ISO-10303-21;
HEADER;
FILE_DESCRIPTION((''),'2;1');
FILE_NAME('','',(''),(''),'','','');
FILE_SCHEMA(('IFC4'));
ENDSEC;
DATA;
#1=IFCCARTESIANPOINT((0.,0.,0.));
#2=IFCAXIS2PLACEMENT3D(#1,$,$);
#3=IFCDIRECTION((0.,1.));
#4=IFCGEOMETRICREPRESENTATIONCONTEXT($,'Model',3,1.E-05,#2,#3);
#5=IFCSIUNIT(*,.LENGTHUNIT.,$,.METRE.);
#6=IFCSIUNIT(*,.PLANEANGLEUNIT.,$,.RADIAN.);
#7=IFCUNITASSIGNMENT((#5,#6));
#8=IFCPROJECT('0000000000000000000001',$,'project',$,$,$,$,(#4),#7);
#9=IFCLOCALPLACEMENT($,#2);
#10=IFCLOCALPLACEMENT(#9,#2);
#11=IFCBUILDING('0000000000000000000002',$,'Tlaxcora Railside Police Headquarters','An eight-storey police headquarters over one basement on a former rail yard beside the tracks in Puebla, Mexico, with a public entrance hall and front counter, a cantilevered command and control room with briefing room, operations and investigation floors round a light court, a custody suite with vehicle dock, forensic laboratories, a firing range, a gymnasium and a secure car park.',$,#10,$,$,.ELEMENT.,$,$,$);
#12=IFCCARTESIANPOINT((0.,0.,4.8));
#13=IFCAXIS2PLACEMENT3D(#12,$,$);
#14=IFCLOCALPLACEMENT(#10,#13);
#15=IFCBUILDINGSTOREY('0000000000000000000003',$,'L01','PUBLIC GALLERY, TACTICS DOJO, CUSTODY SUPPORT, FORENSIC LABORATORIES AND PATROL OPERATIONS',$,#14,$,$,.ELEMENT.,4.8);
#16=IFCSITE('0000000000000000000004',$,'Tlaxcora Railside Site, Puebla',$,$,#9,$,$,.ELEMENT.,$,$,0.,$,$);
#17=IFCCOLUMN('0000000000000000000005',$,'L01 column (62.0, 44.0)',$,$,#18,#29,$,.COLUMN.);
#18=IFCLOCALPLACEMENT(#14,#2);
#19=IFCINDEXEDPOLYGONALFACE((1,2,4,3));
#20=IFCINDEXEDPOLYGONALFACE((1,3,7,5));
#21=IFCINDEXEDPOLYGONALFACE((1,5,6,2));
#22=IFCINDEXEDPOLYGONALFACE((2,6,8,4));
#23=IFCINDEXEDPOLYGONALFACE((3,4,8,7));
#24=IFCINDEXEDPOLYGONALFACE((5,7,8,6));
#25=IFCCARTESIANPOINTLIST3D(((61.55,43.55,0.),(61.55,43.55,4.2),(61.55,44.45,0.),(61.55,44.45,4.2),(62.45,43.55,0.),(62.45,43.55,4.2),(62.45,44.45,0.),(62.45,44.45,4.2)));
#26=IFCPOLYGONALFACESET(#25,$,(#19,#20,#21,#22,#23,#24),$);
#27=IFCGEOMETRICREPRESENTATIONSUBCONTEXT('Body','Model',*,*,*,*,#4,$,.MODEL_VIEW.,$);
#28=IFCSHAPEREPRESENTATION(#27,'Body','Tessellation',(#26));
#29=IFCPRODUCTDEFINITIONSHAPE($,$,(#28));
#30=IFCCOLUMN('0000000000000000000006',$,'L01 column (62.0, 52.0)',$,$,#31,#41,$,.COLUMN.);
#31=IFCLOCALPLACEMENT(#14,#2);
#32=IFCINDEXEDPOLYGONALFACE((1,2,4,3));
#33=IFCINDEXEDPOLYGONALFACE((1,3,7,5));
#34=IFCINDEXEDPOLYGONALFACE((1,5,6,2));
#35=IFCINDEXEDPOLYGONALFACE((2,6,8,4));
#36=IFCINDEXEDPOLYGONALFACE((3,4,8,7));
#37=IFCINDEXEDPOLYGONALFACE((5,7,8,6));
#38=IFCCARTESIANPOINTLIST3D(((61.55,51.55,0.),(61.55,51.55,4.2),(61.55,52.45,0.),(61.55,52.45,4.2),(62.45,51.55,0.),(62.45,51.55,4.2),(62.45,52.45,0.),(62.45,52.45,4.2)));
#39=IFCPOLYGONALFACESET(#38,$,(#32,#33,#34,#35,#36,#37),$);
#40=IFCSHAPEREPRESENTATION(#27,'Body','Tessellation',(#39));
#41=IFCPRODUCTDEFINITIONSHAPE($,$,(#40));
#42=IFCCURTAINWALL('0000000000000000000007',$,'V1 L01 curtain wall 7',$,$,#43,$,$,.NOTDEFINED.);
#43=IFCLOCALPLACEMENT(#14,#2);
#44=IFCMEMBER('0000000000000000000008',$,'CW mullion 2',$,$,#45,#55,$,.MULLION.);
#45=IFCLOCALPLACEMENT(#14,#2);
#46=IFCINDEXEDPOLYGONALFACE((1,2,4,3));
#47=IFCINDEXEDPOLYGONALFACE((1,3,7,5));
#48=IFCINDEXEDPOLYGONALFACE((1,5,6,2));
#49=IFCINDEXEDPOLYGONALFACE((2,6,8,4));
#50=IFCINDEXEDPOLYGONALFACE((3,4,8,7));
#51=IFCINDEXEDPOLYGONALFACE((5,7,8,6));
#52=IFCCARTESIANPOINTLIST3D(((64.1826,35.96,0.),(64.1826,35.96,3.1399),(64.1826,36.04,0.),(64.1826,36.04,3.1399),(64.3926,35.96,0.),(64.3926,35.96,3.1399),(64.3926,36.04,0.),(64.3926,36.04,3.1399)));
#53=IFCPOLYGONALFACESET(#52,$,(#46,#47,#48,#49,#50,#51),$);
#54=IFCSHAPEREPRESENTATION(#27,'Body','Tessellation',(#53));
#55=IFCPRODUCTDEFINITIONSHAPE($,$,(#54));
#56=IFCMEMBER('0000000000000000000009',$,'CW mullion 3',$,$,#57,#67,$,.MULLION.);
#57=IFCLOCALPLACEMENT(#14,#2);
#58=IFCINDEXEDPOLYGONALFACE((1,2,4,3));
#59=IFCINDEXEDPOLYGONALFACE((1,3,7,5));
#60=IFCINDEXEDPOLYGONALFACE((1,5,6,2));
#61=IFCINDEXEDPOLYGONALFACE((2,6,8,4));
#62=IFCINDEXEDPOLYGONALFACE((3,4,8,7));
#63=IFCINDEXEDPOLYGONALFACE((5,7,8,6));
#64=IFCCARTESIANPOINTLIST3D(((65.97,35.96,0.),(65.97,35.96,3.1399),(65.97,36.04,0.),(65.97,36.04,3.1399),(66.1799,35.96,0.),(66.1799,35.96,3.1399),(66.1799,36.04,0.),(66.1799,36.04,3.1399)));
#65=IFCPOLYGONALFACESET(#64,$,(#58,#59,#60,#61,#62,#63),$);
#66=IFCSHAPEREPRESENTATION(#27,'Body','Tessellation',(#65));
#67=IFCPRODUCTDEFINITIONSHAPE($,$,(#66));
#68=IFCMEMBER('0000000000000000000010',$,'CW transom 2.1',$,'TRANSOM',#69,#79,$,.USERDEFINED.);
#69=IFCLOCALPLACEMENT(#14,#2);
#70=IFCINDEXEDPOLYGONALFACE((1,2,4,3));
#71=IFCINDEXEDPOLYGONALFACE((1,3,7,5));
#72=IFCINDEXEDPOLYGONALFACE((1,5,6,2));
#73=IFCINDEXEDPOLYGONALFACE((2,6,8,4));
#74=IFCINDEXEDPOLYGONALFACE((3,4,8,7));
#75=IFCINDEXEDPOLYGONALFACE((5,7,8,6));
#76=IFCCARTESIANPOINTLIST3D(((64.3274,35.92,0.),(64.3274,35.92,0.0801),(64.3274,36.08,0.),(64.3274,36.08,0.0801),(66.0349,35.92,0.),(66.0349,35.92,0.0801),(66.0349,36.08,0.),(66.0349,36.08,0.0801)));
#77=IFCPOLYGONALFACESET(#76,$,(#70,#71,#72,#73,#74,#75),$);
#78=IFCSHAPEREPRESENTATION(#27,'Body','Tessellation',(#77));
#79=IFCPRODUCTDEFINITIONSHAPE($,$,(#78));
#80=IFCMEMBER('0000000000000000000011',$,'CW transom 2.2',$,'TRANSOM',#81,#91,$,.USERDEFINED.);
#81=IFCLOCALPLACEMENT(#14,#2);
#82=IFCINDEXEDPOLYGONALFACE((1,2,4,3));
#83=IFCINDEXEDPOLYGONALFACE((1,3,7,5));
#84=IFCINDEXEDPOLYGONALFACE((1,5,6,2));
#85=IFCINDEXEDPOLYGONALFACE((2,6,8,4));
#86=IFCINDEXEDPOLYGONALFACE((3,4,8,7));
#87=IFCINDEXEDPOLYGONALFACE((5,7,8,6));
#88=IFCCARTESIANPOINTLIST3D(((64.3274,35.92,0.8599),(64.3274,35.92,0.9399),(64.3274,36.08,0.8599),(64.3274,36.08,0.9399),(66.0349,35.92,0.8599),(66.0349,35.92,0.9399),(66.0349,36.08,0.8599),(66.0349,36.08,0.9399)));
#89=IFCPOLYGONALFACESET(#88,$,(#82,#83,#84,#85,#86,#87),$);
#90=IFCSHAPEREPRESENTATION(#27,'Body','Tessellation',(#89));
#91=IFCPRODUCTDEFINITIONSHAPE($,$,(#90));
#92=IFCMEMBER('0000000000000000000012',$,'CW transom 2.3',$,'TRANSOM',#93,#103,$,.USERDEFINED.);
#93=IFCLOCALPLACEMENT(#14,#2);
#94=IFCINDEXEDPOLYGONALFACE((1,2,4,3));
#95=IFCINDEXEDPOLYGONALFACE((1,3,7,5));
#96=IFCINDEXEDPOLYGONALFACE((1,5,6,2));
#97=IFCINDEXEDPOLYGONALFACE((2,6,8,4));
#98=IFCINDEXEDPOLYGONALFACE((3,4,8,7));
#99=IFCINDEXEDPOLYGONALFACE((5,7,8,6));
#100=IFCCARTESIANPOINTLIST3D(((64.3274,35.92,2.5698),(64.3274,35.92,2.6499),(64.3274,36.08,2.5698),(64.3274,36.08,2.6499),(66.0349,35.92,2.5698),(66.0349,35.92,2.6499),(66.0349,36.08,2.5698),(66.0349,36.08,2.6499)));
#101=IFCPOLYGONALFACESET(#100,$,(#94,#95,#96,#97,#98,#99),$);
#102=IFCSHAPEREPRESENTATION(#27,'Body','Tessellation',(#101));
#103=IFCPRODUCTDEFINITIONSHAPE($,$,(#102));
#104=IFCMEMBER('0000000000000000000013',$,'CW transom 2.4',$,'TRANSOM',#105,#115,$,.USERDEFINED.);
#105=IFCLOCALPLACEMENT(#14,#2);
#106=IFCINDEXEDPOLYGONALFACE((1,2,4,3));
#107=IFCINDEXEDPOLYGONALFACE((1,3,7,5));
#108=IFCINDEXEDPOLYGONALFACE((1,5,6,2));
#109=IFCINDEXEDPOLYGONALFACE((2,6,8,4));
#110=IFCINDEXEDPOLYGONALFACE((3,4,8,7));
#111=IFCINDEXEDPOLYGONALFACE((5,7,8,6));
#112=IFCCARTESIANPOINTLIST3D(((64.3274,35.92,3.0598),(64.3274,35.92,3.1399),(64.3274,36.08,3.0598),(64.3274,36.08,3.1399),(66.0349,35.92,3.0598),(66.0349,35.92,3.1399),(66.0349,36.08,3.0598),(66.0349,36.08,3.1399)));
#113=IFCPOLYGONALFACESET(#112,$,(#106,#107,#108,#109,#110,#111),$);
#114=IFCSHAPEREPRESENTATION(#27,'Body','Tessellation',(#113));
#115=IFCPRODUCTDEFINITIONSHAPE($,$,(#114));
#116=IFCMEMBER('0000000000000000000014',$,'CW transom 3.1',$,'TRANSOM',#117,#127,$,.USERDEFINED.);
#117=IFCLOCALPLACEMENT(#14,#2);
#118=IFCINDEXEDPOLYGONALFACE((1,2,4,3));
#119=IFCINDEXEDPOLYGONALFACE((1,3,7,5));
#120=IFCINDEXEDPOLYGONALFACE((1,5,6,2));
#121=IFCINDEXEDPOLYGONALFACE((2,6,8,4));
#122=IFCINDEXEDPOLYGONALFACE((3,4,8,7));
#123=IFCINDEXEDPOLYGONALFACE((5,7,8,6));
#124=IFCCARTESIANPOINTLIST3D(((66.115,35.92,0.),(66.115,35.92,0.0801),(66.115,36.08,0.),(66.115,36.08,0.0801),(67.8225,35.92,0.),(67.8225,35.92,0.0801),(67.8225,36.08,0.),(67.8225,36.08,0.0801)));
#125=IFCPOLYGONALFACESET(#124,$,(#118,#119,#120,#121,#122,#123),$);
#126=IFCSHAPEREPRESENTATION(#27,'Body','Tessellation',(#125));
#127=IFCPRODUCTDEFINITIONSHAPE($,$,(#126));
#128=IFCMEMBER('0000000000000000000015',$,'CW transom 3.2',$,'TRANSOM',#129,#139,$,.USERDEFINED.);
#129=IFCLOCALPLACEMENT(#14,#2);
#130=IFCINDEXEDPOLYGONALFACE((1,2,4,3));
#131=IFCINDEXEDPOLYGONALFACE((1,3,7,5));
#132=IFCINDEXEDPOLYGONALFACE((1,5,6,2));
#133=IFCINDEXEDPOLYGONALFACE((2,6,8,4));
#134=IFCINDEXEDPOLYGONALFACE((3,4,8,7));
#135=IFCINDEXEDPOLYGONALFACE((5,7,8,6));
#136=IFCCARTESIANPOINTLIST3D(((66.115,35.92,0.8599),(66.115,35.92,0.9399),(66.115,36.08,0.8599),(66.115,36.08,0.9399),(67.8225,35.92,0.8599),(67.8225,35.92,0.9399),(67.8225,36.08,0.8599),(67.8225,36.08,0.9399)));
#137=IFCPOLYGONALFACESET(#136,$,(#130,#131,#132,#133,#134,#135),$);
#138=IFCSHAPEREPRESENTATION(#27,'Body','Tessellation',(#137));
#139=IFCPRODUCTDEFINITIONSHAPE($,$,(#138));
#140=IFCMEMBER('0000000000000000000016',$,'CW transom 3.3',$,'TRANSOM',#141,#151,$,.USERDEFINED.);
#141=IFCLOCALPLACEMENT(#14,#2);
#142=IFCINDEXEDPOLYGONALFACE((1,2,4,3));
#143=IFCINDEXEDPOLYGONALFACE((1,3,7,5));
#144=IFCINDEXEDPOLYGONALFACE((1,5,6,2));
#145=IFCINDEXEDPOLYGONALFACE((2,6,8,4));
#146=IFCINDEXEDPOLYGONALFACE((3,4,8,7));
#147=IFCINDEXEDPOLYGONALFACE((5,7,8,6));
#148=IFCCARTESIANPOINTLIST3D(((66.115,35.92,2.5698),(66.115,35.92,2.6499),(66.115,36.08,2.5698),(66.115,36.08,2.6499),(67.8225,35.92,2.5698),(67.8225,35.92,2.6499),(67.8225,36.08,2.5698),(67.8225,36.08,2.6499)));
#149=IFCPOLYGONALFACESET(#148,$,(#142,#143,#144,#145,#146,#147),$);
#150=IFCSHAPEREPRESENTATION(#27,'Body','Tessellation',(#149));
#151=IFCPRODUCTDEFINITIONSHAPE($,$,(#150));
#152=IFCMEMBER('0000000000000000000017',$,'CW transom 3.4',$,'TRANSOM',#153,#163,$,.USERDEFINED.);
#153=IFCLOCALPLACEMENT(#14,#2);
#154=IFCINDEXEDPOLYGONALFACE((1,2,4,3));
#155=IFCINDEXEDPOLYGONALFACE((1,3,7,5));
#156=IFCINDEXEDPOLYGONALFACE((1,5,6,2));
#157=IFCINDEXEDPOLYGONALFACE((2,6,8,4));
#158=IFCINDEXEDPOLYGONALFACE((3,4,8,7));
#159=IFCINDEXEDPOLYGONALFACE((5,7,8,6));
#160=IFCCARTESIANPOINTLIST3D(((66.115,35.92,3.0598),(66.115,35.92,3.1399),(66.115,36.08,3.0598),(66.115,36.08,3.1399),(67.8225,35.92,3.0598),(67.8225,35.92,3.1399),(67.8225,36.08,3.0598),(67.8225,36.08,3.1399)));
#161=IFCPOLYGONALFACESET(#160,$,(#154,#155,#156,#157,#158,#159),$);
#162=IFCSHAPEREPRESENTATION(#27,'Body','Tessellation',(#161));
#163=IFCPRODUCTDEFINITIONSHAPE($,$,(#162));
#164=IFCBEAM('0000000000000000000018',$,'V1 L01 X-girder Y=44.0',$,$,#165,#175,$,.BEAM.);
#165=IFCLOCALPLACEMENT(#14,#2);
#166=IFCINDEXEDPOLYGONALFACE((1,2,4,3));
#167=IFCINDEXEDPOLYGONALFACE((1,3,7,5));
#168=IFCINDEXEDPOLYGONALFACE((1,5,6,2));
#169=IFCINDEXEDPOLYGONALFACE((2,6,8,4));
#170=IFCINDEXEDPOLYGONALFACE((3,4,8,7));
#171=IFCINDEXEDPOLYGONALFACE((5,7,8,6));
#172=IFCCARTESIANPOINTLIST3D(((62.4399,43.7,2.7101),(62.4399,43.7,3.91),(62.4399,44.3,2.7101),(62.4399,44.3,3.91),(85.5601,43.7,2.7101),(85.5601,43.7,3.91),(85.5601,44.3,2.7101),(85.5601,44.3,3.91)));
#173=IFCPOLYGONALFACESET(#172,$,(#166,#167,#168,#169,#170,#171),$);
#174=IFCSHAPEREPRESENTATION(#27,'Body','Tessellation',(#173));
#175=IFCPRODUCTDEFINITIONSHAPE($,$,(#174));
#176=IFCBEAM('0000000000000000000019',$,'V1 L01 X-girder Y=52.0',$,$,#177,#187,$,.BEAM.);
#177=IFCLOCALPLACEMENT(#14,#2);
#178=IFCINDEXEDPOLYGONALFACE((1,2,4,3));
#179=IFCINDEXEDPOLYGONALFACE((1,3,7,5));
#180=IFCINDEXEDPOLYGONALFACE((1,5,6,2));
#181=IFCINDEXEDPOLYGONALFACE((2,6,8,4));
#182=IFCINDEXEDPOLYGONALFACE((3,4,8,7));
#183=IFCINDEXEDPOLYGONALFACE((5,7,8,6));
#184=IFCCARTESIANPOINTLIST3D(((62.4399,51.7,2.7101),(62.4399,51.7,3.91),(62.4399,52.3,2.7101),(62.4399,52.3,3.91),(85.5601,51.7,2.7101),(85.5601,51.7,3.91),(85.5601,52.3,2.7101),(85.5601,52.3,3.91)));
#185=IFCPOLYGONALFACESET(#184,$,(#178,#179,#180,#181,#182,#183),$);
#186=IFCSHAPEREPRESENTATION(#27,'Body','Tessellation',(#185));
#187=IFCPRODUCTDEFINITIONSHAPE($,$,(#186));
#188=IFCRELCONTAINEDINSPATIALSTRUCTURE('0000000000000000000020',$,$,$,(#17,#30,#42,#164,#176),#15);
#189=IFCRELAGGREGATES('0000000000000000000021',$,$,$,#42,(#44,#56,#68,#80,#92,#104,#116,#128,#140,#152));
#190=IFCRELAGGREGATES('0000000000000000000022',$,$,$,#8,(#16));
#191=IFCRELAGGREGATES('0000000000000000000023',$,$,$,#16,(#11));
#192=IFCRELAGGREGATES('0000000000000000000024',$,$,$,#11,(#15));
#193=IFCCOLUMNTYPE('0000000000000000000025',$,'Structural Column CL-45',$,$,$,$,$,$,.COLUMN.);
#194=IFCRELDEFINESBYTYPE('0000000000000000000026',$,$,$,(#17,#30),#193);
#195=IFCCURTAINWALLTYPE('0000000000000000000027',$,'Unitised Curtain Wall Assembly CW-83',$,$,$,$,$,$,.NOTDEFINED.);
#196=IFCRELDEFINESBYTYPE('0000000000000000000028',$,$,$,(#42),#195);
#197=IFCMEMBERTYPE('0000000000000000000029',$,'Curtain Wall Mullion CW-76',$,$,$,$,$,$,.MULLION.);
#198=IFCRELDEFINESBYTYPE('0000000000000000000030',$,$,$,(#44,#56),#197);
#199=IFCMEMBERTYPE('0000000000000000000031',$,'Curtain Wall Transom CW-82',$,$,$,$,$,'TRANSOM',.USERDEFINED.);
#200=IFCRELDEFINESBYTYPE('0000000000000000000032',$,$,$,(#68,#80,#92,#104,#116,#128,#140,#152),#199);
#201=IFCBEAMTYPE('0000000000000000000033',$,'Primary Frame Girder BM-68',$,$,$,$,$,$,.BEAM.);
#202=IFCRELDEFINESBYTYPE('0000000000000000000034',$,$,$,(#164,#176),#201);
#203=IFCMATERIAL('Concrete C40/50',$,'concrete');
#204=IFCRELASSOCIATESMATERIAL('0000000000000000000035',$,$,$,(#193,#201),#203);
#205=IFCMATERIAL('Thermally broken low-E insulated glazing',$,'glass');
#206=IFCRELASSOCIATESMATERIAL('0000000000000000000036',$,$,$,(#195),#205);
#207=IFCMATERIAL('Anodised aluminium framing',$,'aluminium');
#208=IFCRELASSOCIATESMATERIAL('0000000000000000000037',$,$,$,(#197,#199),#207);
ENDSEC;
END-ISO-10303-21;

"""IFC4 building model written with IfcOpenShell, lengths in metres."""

from ifc_helpers import new_model, si_unit, direction, frame, origin, origin_2d, place, context, subcontext, project, spatial, rectangle, extrude, material, material_profile, profile_set, type_object, element, aggregate, save


model = new_model("IFC4")

# Units and contexts
model_context = context("Model", 3, precision=1e-05, world=origin(), true_north=direction((0.0, 1.0)))
body_context = subcontext(model_context, "Body", "Model", "MODEL_VIEW")
ifc_project = project(units=[si_unit("LENGTHUNIT", "METRE"), si_unit("PLANEANGLEUNIT", "RADIAN")], contexts=[model_context])

# Site, building, storey
site_placement = place(None, origin())
site = spatial("IfcSite", under=ifc_project, at=site_placement, Name="Tlaxcora Railside Site, Puebla", CompositionType="ELEMENT", RefElevation=0.0)
building_placement = place(site_placement, origin())
building = spatial("IfcBuilding", under=site, at=building_placement, Name="Tlaxcora Railside Police Headquarters", Description="An eight-storey police headquarters over one basement on a former rail yard beside the tracks in Puebla, Mexico, with a public entrance hall and front counter, a cantilevered command and control room with briefing room, operations and investigation floors round a light court, a custody suite with vehicle dock, forensic laboratories, a firing range, a gymnasium and a secure car park.", CompositionType="ELEMENT")
storey_placement = place(building_placement, frame((0.0, 0.0, 4.8)))
storey = spatial("IfcBuildingStorey", under=building, at=storey_placement, Name="L01", Description="PUBLIC GALLERY, TACTICS DOJO, CUSTODY SUPPORT, FORENSIC LABORATORIES AND PATROL OPERATIONS", CompositionType="ELEMENT", Elevation=4.8)

# Columns
ifc_material_1 = material(Name="Concrete C40/50", Category="concrete")
ifc_material_profile_1 = material_profile(ifc_material_1, rectangle(XDim=0.8999, YDim=0.8999, at=origin_2d()), Name="RC900X900")
ifc_profile_set_1 = profile_set([ifc_material_profile_1], Name="Concrete C40/50")
column_type = type_object("IfcColumnType", Name="Structural Column CL-45", PredefinedType="COLUMN", material=ifc_profile_set_1)
for number, where, z_axis, x_axis, name in (
    (1, (62.0, 44.0, 0.0), (0.0, 0.0, 1.0), (1.0, 0.0, 0.0), "L01 column (62.0, 44.0)"),
    (2, (62.0, 52.0, 0.0), (0.0, 0.0, 1.0), (1.0, 0.0, 0.0), "L01 column (62.0, 52.0)"),
):
    element("IfcColumn", number, at=place(storey_placement, frame(where, z_axis=z_axis, x_axis=x_axis)), inside=storey, type_object=column_type, Name=name, PredefinedType="COLUMN", context=body_context, shape_type="SweptSolid", body=[
        extrude(rectangle(XDim=0.8999, YDim=0.8999, at=origin_2d()), origin(), (0.0, 0.0, 1.0), 4.2),
    ])

# Curtain wall, members
ifc_material_2 = material(Name="Thermally broken low-E insulated glazing", Category="glass")
curtain_wall_type = type_object("IfcCurtainWallType", Name="Unitised Curtain Wall Assembly CW-83", PredefinedType="NOTDEFINED", material=ifc_material_2)
curtain_wall_placement = place(storey_placement, origin())
curtain_wall = element("IfcCurtainWall", 3, at=curtain_wall_placement, inside=storey, type_object=curtain_wall_type, Name="V1 L01 curtain wall 7", PredefinedType="NOTDEFINED")
ifc_material_3 = material(Name="Anodised aluminium framing", Category="aluminium")
ifc_material_profile_2 = material_profile(ifc_material_3, rectangle(XDim=0.0801, YDim=0.21, at=origin_2d()), Name="AL80X210")
ifc_profile_set_2 = profile_set([ifc_material_profile_2], Name="Anodised aluminium framing")
member_type_1 = type_object("IfcMemberType", Name="Curtain Wall Mullion CW-76", PredefinedType="MULLION", material=ifc_profile_set_2)
member_1_placement = place(storey_placement, frame((64.2876, 36.0, 0.0), z_axis=(0.0, 0.0, 1.0), x_axis=(0.0, 1.0, 0.0)))
member_1 = element("IfcMember", 4, at=member_1_placement, type_object=member_type_1, Name="CW mullion 2", PredefinedType="MULLION", context=body_context, shape_type="SweptSolid", body=[
    extrude(rectangle(XDim=0.0801, YDim=0.21, at=origin_2d()), origin(), (0.0, 0.0, 1.0), 3.1399),
])
member_2_placement = place(storey_placement, frame((66.075, 36.0, 0.0), z_axis=(0.0, 0.0, 1.0), x_axis=(0.0, 1.0, 0.0)))
member_2 = element("IfcMember", 5, at=member_2_placement, type_object=member_type_1, Name="CW mullion 3", PredefinedType="MULLION", context=body_context, shape_type="SweptSolid", body=[
    extrude(rectangle(XDim=0.0801, YDim=0.21, at=origin_2d()), origin(), (0.0, 0.0, 1.0), 3.1399),
])
ifc_material_profile_3 = material_profile(ifc_material_3, rectangle(XDim=0.1599, YDim=0.0801, at=origin_2d()), Name="AL80X160")
ifc_profile_set_3 = profile_set([ifc_material_profile_3], Name="Anodised aluminium framing")
member_type_2 = type_object("IfcMemberType", Name="Curtain Wall Transom CW-82", ElementType="TRANSOM", PredefinedType="USERDEFINED", material=ifc_profile_set_3)
member_3_placement = place(storey_placement, frame((64.3274, 36.0, 0.04), z_axis=(1.0, 0.0, 0.0), x_axis=(0.0, 1.0, 0.0)))
member_3 = element("IfcMember", 6, at=member_3_placement, type_object=member_type_2, Name="CW transom 2.1", ObjectType="TRANSOM", PredefinedType="USERDEFINED", context=body_context, shape_type="SweptSolid", body=[
    extrude(rectangle(XDim=0.1599, YDim=0.0801, at=origin_2d()), origin(), (0.0, 0.0, 1.0), 1.7075),
])
member_4_placement = place(storey_placement, frame((64.3274, 36.0, 0.8999), z_axis=(1.0, 0.0, 0.0), x_axis=(0.0, 1.0, 0.0)))
member_4 = element("IfcMember", 7, at=member_4_placement, type_object=member_type_2, Name="CW transom 2.2", ObjectType="TRANSOM", PredefinedType="USERDEFINED", context=body_context, shape_type="SweptSolid", body=[
    extrude(rectangle(XDim=0.1599, YDim=0.0801, at=origin_2d()), origin(), (0.0, 0.0, 1.0), 1.7075),
])
member_5_placement = place(storey_placement, frame((64.3274, 36.0, 2.6099), z_axis=(1.0, 0.0, 0.0), x_axis=(0.0, 1.0, 0.0)))
member_5 = element("IfcMember", 8, at=member_5_placement, type_object=member_type_2, Name="CW transom 2.3", ObjectType="TRANSOM", PredefinedType="USERDEFINED", context=body_context, shape_type="SweptSolid", body=[
    extrude(rectangle(XDim=0.1599, YDim=0.0801, at=origin_2d()), origin(), (0.0, 0.0, 1.0), 1.7075),
])
member_6_placement = place(storey_placement, frame((64.3274, 36.0, 3.0999), z_axis=(1.0, 0.0, 0.0), x_axis=(0.0, 1.0, 0.0)))
member_6 = element("IfcMember", 9, at=member_6_placement, type_object=member_type_2, Name="CW transom 2.4", ObjectType="TRANSOM", PredefinedType="USERDEFINED", context=body_context, shape_type="SweptSolid", body=[
    extrude(rectangle(XDim=0.1599, YDim=0.0801, at=origin_2d()), origin(), (0.0, 0.0, 1.0), 1.7075),
])
member_7_placement = place(storey_placement, frame((66.115, 36.0, 0.04), z_axis=(1.0, 0.0, 0.0), x_axis=(0.0, 1.0, 0.0)))
member_7 = element("IfcMember", 10, at=member_7_placement, type_object=member_type_2, Name="CW transom 3.1", ObjectType="TRANSOM", PredefinedType="USERDEFINED", context=body_context, shape_type="SweptSolid", body=[
    extrude(rectangle(XDim=0.1599, YDim=0.0801, at=origin_2d()), origin(), (0.0, 0.0, 1.0), 1.7075),
])
member_8_placement = place(storey_placement, frame((66.115, 36.0, 0.8999), z_axis=(1.0, 0.0, 0.0), x_axis=(0.0, 1.0, 0.0)))
member_8 = element("IfcMember", 11, at=member_8_placement, type_object=member_type_2, Name="CW transom 3.2", ObjectType="TRANSOM", PredefinedType="USERDEFINED", context=body_context, shape_type="SweptSolid", body=[
    extrude(rectangle(XDim=0.1599, YDim=0.0801, at=origin_2d()), origin(), (0.0, 0.0, 1.0), 1.7075),
])
member_9_placement = place(storey_placement, frame((66.115, 36.0, 2.6099), z_axis=(1.0, 0.0, 0.0), x_axis=(0.0, 1.0, 0.0)))
member_9 = element("IfcMember", 12, at=member_9_placement, type_object=member_type_2, Name="CW transom 3.3", ObjectType="TRANSOM", PredefinedType="USERDEFINED", context=body_context, shape_type="SweptSolid", body=[
    extrude(rectangle(XDim=0.1599, YDim=0.0801, at=origin_2d()), origin(), (0.0, 0.0, 1.0), 1.7075),
])
member_10_placement = place(storey_placement, frame((66.115, 36.0, 3.0999), z_axis=(1.0, 0.0, 0.0), x_axis=(0.0, 1.0, 0.0)))
member_10 = element("IfcMember", 13, at=member_10_placement, type_object=member_type_2, Name="CW transom 3.4", ObjectType="TRANSOM", PredefinedType="USERDEFINED", context=body_context, shape_type="SweptSolid", body=[
    extrude(rectangle(XDim=0.1599, YDim=0.0801, at=origin_2d()), origin(), (0.0, 0.0, 1.0), 1.7075),
])

# Beams
ifc_material_profile_4 = material_profile(ifc_material_1, rectangle(XDim=0.6001, YDim=1.2, at=origin_2d()), Name="RC600X1200")
ifc_profile_set_4 = profile_set([ifc_material_profile_4], Name="Concrete C40/50")
beam_type_1 = type_object("IfcBeamType", Name="Primary Frame Girder BM-68", PredefinedType="BEAM", material=ifc_profile_set_4)
for number, where, z_axis, x_axis, name in (
    (14, (62.4399, 44.0, 3.3101), (1.0, 0.0, 0.0), (0.0, 1.0, 0.0), "V1 L01 X-girder Y=44.0"),
    (15, (62.4399, 52.0, 3.3101), (1.0, 0.0, 0.0), (0.0, 1.0, 0.0), "V1 L01 X-girder Y=52.0"),
):
    element("IfcBeam", number, at=place(storey_placement, frame(where, z_axis=z_axis, x_axis=x_axis)), inside=storey, type_object=beam_type_1, Name=name, PredefinedType="BEAM", context=body_context, shape_type="SweptSolid", body=[
        extrude(rectangle(XDim=0.6001, YDim=1.2, at=origin_2d()), origin(), (0.0, 0.0, 1.0), 23.1201),
    ])

aggregate(curtain_wall, [member_1, member_2, member_3, member_4, member_5, member_6, member_7, member_8, member_9, member_10])

save(model, "model.ifc")
